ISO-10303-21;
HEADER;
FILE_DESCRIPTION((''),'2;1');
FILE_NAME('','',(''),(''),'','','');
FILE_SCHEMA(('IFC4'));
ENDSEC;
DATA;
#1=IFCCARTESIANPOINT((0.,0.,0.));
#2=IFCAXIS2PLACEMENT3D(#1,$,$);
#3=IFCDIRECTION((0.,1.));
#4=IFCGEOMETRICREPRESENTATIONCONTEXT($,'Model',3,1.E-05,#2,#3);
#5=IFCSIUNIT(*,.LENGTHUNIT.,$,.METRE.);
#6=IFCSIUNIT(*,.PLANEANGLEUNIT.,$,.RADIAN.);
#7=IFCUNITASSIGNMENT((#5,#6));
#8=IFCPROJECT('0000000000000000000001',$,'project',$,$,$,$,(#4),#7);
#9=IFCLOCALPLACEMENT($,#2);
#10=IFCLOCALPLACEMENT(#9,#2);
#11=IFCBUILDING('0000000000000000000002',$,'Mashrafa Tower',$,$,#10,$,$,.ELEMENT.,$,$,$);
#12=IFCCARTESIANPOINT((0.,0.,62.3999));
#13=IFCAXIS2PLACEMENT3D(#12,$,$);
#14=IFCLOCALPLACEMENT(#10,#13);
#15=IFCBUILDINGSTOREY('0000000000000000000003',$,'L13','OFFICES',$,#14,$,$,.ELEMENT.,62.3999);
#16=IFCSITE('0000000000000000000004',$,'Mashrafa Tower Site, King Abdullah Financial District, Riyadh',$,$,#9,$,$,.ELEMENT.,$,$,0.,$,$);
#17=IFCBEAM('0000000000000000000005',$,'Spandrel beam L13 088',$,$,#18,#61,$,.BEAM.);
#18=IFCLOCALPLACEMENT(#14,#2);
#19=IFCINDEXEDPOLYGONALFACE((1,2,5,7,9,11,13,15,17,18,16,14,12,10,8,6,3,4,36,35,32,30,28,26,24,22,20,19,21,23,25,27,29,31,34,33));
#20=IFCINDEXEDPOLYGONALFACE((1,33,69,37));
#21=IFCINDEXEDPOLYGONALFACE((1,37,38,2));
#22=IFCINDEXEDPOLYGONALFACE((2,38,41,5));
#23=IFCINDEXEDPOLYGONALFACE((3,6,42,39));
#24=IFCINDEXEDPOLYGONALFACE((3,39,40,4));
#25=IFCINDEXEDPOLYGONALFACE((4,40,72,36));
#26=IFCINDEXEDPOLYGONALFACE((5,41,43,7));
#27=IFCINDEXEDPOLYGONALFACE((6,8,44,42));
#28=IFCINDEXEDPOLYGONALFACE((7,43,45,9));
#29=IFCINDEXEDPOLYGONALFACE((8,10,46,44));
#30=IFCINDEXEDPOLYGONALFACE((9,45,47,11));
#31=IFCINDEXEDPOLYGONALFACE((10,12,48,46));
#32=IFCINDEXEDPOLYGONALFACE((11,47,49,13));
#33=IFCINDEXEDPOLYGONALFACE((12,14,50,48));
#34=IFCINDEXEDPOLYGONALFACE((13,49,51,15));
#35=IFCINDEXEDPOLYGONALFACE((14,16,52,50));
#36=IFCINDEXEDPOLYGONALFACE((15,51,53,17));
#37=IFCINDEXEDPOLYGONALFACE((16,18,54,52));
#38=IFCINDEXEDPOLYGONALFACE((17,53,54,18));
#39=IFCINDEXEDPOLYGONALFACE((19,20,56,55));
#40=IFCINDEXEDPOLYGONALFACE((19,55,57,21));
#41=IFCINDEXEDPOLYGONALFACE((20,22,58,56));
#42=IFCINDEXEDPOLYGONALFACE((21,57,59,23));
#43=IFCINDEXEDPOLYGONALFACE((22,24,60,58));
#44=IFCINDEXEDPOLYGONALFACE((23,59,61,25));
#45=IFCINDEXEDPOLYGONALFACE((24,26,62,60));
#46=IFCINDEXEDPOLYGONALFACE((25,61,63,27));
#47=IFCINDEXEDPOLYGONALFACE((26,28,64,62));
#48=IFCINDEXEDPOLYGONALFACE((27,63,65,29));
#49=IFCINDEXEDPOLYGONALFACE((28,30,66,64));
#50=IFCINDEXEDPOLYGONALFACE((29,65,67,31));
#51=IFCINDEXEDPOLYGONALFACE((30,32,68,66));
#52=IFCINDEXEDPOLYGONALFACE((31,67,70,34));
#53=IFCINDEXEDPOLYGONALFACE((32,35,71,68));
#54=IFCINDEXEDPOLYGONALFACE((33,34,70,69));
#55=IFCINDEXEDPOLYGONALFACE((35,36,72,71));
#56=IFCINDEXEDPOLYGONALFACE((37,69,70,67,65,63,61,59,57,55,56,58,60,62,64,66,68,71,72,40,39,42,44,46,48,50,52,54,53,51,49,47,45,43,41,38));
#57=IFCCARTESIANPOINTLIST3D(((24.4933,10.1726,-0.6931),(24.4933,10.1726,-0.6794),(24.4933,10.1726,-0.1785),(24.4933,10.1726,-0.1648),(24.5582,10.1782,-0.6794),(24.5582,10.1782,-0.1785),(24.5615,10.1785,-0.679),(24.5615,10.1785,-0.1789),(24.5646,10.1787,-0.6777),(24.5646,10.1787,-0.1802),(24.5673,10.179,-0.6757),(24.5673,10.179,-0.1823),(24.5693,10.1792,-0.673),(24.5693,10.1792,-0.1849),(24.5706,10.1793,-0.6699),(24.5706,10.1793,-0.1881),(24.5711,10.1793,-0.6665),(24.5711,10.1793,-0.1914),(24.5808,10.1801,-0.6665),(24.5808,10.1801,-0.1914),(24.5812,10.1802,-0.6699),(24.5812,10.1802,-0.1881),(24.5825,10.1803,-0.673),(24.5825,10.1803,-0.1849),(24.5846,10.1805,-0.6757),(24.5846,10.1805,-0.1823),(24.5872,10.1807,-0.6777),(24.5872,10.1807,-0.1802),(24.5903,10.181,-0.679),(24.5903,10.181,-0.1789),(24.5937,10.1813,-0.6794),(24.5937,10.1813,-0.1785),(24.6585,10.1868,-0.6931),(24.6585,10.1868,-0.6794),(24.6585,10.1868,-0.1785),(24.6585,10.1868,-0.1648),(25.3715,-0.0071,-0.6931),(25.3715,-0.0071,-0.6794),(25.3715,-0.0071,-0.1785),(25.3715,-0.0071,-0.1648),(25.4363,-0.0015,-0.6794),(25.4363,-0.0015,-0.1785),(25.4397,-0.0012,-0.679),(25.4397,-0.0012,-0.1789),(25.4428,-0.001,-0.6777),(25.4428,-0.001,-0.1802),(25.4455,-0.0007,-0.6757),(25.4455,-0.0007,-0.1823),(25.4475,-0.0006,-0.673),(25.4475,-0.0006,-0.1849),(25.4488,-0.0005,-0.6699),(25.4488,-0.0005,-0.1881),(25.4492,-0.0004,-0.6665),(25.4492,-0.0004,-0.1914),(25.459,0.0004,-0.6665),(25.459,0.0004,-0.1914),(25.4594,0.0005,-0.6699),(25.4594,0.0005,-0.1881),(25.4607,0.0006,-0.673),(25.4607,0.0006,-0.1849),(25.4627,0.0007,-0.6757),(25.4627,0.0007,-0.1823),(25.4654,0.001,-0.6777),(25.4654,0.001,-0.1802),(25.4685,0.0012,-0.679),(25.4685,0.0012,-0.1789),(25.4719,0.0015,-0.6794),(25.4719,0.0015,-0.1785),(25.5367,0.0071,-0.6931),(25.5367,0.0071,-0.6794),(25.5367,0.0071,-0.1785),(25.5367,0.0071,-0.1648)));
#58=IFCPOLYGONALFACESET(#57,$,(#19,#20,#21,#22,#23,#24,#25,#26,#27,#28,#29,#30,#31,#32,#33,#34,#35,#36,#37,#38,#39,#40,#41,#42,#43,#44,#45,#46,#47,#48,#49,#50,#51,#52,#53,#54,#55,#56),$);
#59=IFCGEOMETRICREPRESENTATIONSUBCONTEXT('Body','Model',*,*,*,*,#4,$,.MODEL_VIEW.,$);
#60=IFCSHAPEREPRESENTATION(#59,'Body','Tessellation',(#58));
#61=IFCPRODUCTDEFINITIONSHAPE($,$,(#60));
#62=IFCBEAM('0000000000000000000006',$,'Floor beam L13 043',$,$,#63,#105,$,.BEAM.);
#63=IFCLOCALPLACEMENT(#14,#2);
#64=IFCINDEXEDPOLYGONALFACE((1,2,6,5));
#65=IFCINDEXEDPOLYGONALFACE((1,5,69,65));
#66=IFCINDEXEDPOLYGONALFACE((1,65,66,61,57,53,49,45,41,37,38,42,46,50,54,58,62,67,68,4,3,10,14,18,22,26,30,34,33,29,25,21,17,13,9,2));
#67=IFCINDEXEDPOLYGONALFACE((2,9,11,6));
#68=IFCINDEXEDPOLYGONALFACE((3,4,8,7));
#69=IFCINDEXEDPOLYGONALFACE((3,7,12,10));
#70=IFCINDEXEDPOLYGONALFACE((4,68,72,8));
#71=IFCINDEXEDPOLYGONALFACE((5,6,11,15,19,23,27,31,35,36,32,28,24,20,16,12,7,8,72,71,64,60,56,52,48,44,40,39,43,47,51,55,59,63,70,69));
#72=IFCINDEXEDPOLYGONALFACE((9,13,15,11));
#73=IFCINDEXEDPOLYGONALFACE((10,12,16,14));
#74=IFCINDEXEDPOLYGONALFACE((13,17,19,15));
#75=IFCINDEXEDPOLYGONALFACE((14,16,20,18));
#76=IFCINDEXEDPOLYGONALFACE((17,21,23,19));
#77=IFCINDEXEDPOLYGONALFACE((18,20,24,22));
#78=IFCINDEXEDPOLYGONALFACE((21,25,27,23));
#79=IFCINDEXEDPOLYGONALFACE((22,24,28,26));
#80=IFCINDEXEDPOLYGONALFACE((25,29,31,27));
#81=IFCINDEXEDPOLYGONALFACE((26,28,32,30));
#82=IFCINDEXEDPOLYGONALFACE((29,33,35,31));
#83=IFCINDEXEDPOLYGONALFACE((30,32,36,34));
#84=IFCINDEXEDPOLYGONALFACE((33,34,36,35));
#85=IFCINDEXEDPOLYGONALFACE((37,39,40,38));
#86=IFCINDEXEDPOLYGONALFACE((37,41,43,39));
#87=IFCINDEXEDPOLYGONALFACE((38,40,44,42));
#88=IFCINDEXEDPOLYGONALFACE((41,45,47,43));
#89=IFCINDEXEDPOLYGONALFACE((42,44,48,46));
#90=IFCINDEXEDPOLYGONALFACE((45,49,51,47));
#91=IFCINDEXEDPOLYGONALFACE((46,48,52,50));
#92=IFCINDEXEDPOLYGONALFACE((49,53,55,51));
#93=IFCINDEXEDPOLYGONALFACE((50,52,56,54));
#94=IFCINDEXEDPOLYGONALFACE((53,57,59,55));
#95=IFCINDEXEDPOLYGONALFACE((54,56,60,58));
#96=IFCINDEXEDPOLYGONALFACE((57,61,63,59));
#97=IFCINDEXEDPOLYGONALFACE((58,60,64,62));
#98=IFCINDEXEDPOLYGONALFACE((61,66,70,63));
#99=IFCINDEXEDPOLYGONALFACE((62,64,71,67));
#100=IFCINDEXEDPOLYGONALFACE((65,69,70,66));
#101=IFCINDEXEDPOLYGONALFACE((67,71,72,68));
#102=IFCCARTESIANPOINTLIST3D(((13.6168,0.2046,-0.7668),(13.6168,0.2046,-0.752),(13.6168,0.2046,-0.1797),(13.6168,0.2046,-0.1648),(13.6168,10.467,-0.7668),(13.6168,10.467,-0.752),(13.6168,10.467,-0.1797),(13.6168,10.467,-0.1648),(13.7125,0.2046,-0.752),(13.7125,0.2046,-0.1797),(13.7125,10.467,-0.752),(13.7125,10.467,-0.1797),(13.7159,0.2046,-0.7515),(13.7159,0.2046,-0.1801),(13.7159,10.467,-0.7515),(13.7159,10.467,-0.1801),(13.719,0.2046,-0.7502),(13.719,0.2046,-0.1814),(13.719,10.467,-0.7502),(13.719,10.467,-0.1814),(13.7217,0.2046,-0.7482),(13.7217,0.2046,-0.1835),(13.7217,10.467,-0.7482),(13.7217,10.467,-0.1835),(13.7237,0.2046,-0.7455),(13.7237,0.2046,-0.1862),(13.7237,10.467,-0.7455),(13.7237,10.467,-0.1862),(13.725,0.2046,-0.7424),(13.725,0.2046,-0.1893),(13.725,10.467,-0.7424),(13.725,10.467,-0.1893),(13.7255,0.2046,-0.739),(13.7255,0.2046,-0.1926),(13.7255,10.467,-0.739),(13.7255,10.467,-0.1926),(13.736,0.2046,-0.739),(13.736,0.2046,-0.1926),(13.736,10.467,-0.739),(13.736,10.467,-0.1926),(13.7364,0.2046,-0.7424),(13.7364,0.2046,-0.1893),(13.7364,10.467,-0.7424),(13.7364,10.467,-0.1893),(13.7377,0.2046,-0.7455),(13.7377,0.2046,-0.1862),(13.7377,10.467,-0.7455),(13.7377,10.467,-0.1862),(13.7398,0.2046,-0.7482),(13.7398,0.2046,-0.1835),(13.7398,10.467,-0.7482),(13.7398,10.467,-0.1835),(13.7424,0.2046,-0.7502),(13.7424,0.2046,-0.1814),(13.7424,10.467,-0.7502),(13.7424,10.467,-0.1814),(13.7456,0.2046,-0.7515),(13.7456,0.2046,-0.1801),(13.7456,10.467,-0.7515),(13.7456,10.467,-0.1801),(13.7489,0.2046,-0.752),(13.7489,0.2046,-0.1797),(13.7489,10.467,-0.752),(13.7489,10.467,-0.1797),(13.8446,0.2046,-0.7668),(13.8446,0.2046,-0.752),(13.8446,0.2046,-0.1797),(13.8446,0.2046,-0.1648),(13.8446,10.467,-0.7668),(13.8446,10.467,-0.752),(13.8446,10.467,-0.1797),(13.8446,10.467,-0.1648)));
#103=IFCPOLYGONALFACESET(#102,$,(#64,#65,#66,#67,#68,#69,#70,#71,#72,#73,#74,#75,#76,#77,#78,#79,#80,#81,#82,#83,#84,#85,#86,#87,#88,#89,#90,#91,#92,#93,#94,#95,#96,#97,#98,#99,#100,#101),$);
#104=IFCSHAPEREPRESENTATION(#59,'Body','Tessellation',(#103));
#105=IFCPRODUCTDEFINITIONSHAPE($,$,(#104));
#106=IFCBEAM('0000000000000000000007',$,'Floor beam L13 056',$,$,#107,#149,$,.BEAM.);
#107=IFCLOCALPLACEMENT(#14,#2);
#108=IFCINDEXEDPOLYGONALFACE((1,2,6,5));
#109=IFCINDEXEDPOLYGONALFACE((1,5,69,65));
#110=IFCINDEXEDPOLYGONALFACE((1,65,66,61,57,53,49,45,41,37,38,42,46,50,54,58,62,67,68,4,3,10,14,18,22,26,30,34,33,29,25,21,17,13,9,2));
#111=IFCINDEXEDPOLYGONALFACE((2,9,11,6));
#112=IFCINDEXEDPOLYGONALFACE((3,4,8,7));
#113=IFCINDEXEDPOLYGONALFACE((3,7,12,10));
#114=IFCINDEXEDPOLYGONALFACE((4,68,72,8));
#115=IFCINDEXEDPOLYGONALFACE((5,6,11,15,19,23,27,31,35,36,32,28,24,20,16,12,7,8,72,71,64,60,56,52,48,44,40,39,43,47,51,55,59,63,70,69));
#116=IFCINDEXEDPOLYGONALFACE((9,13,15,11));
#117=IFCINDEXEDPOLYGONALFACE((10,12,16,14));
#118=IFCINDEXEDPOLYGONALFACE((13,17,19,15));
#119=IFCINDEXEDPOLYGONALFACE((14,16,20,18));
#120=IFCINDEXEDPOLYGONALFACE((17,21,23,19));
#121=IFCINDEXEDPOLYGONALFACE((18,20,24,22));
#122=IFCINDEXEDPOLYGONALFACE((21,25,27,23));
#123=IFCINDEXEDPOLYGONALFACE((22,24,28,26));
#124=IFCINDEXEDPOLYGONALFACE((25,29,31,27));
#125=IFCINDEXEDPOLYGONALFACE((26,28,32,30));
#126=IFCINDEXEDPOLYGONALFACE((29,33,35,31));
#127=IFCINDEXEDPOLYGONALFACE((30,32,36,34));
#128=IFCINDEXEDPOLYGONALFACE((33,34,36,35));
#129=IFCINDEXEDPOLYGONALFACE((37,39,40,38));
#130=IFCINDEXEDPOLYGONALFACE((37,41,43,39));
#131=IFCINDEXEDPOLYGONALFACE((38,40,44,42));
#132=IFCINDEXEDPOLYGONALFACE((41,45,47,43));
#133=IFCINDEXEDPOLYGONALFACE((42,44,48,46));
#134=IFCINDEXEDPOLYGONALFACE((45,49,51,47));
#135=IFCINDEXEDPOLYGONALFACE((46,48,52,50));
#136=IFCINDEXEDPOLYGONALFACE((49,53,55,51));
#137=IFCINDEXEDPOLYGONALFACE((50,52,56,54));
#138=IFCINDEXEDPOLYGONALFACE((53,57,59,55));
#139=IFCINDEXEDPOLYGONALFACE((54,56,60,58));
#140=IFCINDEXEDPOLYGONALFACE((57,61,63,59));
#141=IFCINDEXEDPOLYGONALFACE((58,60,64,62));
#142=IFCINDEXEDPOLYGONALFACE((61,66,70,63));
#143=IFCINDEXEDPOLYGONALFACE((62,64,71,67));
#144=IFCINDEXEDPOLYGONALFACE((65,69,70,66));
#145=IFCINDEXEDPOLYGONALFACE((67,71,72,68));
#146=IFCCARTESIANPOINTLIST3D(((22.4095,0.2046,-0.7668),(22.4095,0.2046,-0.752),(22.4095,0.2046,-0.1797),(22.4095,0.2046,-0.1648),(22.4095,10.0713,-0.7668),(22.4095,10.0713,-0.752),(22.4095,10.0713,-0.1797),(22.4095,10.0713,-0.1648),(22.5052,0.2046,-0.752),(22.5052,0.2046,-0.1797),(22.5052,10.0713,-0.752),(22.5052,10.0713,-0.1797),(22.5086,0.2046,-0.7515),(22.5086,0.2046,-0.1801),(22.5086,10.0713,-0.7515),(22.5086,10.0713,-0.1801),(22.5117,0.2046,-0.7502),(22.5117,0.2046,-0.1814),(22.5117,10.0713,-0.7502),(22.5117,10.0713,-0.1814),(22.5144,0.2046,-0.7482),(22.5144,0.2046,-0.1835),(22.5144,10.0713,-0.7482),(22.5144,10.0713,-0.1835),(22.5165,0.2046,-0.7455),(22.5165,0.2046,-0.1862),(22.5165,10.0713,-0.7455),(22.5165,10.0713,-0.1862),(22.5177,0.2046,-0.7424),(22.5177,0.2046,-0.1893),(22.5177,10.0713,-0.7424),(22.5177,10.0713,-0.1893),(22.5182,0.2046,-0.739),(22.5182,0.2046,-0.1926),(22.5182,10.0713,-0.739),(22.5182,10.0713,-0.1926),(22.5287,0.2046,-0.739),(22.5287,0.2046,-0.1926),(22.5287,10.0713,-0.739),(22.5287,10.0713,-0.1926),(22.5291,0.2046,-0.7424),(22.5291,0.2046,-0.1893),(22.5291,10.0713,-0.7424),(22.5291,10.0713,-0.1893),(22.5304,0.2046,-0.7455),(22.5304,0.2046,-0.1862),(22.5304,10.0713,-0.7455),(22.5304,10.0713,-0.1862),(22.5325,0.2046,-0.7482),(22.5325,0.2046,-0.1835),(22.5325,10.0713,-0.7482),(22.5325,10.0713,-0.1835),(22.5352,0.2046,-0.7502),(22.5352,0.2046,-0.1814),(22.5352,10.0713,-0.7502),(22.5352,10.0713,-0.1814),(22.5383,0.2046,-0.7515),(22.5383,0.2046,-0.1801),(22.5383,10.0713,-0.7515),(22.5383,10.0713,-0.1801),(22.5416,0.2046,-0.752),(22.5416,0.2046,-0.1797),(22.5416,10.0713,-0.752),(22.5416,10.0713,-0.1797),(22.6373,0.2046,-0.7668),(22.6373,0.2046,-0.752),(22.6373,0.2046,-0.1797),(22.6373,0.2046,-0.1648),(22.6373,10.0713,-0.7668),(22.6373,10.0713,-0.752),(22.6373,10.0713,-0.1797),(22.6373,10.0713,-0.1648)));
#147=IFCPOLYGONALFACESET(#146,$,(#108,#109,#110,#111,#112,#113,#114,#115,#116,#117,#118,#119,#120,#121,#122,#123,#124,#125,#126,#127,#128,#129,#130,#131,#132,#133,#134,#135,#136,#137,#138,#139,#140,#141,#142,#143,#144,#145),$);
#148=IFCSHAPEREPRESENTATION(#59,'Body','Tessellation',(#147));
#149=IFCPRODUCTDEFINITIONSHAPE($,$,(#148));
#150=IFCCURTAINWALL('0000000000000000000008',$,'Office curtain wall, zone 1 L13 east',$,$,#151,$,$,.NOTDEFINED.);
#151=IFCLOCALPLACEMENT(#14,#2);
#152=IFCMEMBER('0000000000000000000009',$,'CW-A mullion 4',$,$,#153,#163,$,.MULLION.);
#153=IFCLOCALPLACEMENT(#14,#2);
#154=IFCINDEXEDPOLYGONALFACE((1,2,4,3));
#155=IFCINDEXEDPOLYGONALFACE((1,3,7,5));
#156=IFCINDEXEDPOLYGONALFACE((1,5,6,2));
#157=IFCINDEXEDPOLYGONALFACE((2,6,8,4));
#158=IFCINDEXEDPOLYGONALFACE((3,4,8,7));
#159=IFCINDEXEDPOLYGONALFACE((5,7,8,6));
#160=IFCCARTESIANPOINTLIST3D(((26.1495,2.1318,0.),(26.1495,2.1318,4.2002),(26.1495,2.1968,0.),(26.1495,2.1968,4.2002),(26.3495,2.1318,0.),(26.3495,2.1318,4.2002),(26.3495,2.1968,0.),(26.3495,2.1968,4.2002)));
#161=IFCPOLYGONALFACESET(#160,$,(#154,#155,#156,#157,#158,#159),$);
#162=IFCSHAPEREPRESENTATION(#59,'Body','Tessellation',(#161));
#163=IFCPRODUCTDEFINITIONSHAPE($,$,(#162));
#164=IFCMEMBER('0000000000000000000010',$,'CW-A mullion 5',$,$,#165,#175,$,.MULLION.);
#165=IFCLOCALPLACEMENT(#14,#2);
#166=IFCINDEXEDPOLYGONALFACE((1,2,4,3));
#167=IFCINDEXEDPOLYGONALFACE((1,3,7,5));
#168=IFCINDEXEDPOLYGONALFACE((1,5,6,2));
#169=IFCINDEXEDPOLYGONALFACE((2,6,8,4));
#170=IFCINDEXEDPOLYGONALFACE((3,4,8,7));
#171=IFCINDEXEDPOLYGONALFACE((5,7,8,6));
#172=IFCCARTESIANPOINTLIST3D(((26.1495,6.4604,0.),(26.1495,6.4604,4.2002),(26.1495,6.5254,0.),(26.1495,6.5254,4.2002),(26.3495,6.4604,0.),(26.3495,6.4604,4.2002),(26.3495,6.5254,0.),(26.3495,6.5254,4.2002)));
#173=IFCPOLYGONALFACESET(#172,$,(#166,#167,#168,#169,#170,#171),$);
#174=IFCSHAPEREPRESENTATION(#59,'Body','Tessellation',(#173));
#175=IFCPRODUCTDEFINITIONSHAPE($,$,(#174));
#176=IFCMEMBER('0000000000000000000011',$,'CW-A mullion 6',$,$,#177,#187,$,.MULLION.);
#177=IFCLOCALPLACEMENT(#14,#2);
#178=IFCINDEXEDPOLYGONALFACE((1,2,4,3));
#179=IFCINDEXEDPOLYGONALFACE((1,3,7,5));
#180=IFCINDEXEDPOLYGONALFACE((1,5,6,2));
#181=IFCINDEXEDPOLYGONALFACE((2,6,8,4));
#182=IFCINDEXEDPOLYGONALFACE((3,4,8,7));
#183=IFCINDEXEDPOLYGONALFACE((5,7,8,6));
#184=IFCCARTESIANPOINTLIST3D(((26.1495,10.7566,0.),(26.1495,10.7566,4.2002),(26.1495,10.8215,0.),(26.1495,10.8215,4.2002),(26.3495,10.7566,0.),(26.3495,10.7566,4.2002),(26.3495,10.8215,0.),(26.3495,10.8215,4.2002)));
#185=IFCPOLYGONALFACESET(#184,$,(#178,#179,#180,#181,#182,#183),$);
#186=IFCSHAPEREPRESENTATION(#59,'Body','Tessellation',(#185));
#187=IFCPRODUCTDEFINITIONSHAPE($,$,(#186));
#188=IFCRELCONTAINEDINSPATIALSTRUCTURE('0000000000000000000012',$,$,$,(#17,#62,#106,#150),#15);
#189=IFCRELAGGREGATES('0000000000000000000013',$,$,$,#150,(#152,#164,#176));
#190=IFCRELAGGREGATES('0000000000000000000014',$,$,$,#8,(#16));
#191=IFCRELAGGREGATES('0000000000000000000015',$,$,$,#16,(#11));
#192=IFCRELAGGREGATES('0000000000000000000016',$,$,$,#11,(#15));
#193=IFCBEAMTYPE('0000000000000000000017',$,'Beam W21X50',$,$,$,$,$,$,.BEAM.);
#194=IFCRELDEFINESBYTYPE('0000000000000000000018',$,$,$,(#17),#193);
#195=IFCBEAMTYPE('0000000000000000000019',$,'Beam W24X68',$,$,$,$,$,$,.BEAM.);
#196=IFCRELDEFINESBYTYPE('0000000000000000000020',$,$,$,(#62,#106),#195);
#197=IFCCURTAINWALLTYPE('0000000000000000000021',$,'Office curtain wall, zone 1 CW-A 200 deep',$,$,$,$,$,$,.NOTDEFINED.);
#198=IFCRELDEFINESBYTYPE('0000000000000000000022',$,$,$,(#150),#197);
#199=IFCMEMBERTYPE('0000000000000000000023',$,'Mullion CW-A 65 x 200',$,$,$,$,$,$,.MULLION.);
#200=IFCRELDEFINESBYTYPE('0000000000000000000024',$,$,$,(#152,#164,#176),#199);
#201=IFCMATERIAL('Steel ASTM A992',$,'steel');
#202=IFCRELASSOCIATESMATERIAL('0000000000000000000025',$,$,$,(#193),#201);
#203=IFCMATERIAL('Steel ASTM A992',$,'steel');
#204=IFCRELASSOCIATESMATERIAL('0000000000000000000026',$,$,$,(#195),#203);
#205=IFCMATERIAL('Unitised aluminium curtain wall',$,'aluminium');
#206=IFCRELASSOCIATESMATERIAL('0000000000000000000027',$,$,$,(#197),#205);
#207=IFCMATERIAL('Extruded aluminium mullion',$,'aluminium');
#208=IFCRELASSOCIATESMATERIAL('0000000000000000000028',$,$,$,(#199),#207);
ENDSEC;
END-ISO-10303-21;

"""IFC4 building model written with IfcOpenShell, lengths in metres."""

from ifc_helpers import new_model, si_unit, direction, frame, origin, origin_2d, place, context, subcontext, project, spatial, rectangle, i_section, extrude, source, transform, mapped, material, material_profile, profile_set, type_object, type_shapes, element, aggregate, save


model = new_model("IFC4")

# Units and contexts
model_context = context("Model", 3, precision=1e-05, world=origin(), true_north=direction((0.0, 1.0)))
body_context = subcontext(model_context, "Body", "Model", "MODEL_VIEW")
ifc_project = project(units=[si_unit("LENGTHUNIT", "METRE"), si_unit("PLANEANGLEUNIT", "RADIAN")], contexts=[model_context])

# Site, building, storey
site_placement = place(None, origin())
site = spatial("IfcSite", under=ifc_project, at=site_placement, Name="Mashrafa Tower Site, King Abdullah Financial District, Riyadh", CompositionType="ELEMENT", RefElevation=0.0)
building_placement = place(site_placement, origin())
building = spatial("IfcBuilding", under=site, at=building_placement, Name="Mashrafa Tower", CompositionType="ELEMENT")
storey_placement = place(building_placement, frame((0.0, 0.0, 62.3999)))
storey = spatial("IfcBuildingStorey", under=building, at=storey_placement, Name="L13", Description="OFFICES", CompositionType="ELEMENT", Elevation=62.3999)

# Beams
ifc_material_1 = material(Name="Steel ASTM A992", Category="steel")
ifc_material_profile_1 = material_profile(ifc_material_1, i_section(OverallWidth=0.1658, OverallDepth=0.5283, WebThickness=0.0098, FlangeThickness=0.0137, FilletRadius=0.0129, at=origin_2d()), Name="W21X50")
ifc_profile_set_1 = profile_set([ifc_material_profile_1], Name="Steel ASTM A992")
beam_type_1 = type_object("IfcBeamType", Name="Beam W21X50", PredefinedType="BEAM", material=ifc_profile_set_1)
for number, where, z_axis, x_axis, name in (
    (1, (25.4541, 0.0, -0.429), (-0.085948, 0.9963, 0.0), (-0.9963, -0.085948, 0.0), "Spandrel beam L13 088"),
):
    element("IfcBeam", number, at=place(storey_placement, frame(where, z_axis=z_axis, x_axis=x_axis)), inside=storey, type_object=beam_type_1, Name=name, PredefinedType="BEAM", context=body_context, shape_type="SweptSolid", body=[
        extrude(i_section(OverallWidth=0.1658, OverallDepth=0.5283, WebThickness=0.0098, FlangeThickness=0.0137, FilletRadius=0.0129, at=origin_2d()), origin(), (0.0, 0.0, 1.0), 10.2175),
    ])
ifc_material_2 = material(Name="Steel ASTM A992", Category="steel")
ifc_material_profile_2 = material_profile(ifc_material_2, i_section(OverallWidth=0.2278, OverallDepth=0.6021, WebThickness=0.0105, FlangeThickness=0.0149, FilletRadius=0.0129, at=origin_2d()), Name="W24X68")
ifc_profile_set_2 = profile_set([ifc_material_profile_2], Name="Steel ASTM A992")
beam_type_2 = type_object("IfcBeamType", Name="Beam W24X68", PredefinedType="BEAM", material=ifc_profile_set_2)
beam_1_placement = place(storey_placement, frame((13.7307, 10.467, -0.4658), z_axis=(0.0, -1.0, 0.0), x_axis=(1.0, 0.0, 0.0)))
element("IfcBeam", 2, at=beam_1_placement, inside=storey, type_object=beam_type_2, Name="Floor beam L13 043", PredefinedType="BEAM", context=body_context, shape_type="SweptSolid", body=[
    extrude(i_section(OverallWidth=0.2278, OverallDepth=0.6021, WebThickness=0.0105, FlangeThickness=0.0149, FilletRadius=0.0129, at=origin_2d()), origin(), (0.0, 0.0, 1.0), 10.2625),
])
beam_2_placement = place(storey_placement, frame((22.5234, 10.0713, -0.4658), z_axis=(0.0, -1.0, 0.0), x_axis=(1.0, 0.0, 0.0)))
element("IfcBeam", 3, at=beam_2_placement, inside=storey, type_object=beam_type_2, Name="Floor beam L13 056", PredefinedType="BEAM", context=body_context, shape_type="SweptSolid", body=[
    extrude(i_section(OverallWidth=0.2278, OverallDepth=0.6021, WebThickness=0.0105, FlangeThickness=0.0149, FilletRadius=0.0129, at=origin_2d()), origin(), (0.0, 0.0, 1.0), 9.8667),
])

# Curtain wall, members
ifc_material_3 = material(Name="Unitised aluminium curtain wall", Category="aluminium")
curtain_wall_type = type_object("IfcCurtainWallType", Name="Office curtain wall, zone 1 CW-A 200 deep", PredefinedType="NOTDEFINED", material=ifc_material_3)
curtain_wall_1_placement = place(storey_placement, origin())
curtain_wall_1 = element("IfcCurtainWall", 4, at=curtain_wall_1_placement, inside=storey, type_object=curtain_wall_type, Name="Office curtain wall, zone 1 L13 east", PredefinedType="NOTDEFINED")
ifc_material_4 = material(Name="Extruded aluminium mullion", Category="aluminium")
ifc_material_profile_3 = material_profile(ifc_material_4, rectangle(XDim=0.2, YDim=0.0649, at=origin_2d()), Name="Mullion 65x200")
ifc_profile_set_3 = profile_set([ifc_material_profile_3], Name="Extruded aluminium mullion")
member_type_1 = type_object("IfcMemberType", Name="Mullion CW-A 65 x 200", PredefinedType="MULLION", material=ifc_profile_set_3)
shared_shape_1 = source(origin(), body_context, "Body", "SweptSolid", [
    extrude(rectangle(XDim=0.2, YDim=0.0649, at=origin_2d()), origin(), (0.0, 0.0, 1.0), 4.2002),
])
type_shapes(member_type_1, [shared_shape_1])
member_1_placement = place(storey_placement, frame((26.2495, 2.1643, 0.0), z_axis=(0.0, 0.0, 1.0), x_axis=(-1.0, 0.0, 0.0)))
member_1 = element("IfcMember", 5, at=member_1_placement, type_object=member_type_1, Name="CW-A mullion 4", PredefinedType="MULLION", context=body_context, shape_type="MappedRepresentation", body=[
    mapped(shared_shape_1, transform((0.0, 0.0, 0.0))),
])
member_2_placement = place(storey_placement, frame((26.2495, 6.4929, 0.0), z_axis=(0.0, 0.0, 1.0), x_axis=(-1.0, 0.0, 0.0)))
member_2 = element("IfcMember", 6, at=member_2_placement, type_object=member_type_1, Name="CW-A mullion 5", PredefinedType="MULLION", context=body_context, shape_type="MappedRepresentation", body=[
    mapped(shared_shape_1, transform((0.0, 0.0, 0.0))),
])
member_3_placement = place(storey_placement, frame((26.2495, 10.7891, 0.0), z_axis=(0.0, 0.0, 1.0), x_axis=(-1.0, 0.0, 0.0)))
member_3 = element("IfcMember", 7, at=member_3_placement, type_object=member_type_1, Name="CW-A mullion 6", PredefinedType="MULLION", context=body_context, shape_type="MappedRepresentation", body=[
    mapped(shared_shape_1, transform((0.0, 0.0, 0.0))),
])

aggregate(curtain_wall_1, [member_1, member_2, member_3])

save(model, "model.ifc")
